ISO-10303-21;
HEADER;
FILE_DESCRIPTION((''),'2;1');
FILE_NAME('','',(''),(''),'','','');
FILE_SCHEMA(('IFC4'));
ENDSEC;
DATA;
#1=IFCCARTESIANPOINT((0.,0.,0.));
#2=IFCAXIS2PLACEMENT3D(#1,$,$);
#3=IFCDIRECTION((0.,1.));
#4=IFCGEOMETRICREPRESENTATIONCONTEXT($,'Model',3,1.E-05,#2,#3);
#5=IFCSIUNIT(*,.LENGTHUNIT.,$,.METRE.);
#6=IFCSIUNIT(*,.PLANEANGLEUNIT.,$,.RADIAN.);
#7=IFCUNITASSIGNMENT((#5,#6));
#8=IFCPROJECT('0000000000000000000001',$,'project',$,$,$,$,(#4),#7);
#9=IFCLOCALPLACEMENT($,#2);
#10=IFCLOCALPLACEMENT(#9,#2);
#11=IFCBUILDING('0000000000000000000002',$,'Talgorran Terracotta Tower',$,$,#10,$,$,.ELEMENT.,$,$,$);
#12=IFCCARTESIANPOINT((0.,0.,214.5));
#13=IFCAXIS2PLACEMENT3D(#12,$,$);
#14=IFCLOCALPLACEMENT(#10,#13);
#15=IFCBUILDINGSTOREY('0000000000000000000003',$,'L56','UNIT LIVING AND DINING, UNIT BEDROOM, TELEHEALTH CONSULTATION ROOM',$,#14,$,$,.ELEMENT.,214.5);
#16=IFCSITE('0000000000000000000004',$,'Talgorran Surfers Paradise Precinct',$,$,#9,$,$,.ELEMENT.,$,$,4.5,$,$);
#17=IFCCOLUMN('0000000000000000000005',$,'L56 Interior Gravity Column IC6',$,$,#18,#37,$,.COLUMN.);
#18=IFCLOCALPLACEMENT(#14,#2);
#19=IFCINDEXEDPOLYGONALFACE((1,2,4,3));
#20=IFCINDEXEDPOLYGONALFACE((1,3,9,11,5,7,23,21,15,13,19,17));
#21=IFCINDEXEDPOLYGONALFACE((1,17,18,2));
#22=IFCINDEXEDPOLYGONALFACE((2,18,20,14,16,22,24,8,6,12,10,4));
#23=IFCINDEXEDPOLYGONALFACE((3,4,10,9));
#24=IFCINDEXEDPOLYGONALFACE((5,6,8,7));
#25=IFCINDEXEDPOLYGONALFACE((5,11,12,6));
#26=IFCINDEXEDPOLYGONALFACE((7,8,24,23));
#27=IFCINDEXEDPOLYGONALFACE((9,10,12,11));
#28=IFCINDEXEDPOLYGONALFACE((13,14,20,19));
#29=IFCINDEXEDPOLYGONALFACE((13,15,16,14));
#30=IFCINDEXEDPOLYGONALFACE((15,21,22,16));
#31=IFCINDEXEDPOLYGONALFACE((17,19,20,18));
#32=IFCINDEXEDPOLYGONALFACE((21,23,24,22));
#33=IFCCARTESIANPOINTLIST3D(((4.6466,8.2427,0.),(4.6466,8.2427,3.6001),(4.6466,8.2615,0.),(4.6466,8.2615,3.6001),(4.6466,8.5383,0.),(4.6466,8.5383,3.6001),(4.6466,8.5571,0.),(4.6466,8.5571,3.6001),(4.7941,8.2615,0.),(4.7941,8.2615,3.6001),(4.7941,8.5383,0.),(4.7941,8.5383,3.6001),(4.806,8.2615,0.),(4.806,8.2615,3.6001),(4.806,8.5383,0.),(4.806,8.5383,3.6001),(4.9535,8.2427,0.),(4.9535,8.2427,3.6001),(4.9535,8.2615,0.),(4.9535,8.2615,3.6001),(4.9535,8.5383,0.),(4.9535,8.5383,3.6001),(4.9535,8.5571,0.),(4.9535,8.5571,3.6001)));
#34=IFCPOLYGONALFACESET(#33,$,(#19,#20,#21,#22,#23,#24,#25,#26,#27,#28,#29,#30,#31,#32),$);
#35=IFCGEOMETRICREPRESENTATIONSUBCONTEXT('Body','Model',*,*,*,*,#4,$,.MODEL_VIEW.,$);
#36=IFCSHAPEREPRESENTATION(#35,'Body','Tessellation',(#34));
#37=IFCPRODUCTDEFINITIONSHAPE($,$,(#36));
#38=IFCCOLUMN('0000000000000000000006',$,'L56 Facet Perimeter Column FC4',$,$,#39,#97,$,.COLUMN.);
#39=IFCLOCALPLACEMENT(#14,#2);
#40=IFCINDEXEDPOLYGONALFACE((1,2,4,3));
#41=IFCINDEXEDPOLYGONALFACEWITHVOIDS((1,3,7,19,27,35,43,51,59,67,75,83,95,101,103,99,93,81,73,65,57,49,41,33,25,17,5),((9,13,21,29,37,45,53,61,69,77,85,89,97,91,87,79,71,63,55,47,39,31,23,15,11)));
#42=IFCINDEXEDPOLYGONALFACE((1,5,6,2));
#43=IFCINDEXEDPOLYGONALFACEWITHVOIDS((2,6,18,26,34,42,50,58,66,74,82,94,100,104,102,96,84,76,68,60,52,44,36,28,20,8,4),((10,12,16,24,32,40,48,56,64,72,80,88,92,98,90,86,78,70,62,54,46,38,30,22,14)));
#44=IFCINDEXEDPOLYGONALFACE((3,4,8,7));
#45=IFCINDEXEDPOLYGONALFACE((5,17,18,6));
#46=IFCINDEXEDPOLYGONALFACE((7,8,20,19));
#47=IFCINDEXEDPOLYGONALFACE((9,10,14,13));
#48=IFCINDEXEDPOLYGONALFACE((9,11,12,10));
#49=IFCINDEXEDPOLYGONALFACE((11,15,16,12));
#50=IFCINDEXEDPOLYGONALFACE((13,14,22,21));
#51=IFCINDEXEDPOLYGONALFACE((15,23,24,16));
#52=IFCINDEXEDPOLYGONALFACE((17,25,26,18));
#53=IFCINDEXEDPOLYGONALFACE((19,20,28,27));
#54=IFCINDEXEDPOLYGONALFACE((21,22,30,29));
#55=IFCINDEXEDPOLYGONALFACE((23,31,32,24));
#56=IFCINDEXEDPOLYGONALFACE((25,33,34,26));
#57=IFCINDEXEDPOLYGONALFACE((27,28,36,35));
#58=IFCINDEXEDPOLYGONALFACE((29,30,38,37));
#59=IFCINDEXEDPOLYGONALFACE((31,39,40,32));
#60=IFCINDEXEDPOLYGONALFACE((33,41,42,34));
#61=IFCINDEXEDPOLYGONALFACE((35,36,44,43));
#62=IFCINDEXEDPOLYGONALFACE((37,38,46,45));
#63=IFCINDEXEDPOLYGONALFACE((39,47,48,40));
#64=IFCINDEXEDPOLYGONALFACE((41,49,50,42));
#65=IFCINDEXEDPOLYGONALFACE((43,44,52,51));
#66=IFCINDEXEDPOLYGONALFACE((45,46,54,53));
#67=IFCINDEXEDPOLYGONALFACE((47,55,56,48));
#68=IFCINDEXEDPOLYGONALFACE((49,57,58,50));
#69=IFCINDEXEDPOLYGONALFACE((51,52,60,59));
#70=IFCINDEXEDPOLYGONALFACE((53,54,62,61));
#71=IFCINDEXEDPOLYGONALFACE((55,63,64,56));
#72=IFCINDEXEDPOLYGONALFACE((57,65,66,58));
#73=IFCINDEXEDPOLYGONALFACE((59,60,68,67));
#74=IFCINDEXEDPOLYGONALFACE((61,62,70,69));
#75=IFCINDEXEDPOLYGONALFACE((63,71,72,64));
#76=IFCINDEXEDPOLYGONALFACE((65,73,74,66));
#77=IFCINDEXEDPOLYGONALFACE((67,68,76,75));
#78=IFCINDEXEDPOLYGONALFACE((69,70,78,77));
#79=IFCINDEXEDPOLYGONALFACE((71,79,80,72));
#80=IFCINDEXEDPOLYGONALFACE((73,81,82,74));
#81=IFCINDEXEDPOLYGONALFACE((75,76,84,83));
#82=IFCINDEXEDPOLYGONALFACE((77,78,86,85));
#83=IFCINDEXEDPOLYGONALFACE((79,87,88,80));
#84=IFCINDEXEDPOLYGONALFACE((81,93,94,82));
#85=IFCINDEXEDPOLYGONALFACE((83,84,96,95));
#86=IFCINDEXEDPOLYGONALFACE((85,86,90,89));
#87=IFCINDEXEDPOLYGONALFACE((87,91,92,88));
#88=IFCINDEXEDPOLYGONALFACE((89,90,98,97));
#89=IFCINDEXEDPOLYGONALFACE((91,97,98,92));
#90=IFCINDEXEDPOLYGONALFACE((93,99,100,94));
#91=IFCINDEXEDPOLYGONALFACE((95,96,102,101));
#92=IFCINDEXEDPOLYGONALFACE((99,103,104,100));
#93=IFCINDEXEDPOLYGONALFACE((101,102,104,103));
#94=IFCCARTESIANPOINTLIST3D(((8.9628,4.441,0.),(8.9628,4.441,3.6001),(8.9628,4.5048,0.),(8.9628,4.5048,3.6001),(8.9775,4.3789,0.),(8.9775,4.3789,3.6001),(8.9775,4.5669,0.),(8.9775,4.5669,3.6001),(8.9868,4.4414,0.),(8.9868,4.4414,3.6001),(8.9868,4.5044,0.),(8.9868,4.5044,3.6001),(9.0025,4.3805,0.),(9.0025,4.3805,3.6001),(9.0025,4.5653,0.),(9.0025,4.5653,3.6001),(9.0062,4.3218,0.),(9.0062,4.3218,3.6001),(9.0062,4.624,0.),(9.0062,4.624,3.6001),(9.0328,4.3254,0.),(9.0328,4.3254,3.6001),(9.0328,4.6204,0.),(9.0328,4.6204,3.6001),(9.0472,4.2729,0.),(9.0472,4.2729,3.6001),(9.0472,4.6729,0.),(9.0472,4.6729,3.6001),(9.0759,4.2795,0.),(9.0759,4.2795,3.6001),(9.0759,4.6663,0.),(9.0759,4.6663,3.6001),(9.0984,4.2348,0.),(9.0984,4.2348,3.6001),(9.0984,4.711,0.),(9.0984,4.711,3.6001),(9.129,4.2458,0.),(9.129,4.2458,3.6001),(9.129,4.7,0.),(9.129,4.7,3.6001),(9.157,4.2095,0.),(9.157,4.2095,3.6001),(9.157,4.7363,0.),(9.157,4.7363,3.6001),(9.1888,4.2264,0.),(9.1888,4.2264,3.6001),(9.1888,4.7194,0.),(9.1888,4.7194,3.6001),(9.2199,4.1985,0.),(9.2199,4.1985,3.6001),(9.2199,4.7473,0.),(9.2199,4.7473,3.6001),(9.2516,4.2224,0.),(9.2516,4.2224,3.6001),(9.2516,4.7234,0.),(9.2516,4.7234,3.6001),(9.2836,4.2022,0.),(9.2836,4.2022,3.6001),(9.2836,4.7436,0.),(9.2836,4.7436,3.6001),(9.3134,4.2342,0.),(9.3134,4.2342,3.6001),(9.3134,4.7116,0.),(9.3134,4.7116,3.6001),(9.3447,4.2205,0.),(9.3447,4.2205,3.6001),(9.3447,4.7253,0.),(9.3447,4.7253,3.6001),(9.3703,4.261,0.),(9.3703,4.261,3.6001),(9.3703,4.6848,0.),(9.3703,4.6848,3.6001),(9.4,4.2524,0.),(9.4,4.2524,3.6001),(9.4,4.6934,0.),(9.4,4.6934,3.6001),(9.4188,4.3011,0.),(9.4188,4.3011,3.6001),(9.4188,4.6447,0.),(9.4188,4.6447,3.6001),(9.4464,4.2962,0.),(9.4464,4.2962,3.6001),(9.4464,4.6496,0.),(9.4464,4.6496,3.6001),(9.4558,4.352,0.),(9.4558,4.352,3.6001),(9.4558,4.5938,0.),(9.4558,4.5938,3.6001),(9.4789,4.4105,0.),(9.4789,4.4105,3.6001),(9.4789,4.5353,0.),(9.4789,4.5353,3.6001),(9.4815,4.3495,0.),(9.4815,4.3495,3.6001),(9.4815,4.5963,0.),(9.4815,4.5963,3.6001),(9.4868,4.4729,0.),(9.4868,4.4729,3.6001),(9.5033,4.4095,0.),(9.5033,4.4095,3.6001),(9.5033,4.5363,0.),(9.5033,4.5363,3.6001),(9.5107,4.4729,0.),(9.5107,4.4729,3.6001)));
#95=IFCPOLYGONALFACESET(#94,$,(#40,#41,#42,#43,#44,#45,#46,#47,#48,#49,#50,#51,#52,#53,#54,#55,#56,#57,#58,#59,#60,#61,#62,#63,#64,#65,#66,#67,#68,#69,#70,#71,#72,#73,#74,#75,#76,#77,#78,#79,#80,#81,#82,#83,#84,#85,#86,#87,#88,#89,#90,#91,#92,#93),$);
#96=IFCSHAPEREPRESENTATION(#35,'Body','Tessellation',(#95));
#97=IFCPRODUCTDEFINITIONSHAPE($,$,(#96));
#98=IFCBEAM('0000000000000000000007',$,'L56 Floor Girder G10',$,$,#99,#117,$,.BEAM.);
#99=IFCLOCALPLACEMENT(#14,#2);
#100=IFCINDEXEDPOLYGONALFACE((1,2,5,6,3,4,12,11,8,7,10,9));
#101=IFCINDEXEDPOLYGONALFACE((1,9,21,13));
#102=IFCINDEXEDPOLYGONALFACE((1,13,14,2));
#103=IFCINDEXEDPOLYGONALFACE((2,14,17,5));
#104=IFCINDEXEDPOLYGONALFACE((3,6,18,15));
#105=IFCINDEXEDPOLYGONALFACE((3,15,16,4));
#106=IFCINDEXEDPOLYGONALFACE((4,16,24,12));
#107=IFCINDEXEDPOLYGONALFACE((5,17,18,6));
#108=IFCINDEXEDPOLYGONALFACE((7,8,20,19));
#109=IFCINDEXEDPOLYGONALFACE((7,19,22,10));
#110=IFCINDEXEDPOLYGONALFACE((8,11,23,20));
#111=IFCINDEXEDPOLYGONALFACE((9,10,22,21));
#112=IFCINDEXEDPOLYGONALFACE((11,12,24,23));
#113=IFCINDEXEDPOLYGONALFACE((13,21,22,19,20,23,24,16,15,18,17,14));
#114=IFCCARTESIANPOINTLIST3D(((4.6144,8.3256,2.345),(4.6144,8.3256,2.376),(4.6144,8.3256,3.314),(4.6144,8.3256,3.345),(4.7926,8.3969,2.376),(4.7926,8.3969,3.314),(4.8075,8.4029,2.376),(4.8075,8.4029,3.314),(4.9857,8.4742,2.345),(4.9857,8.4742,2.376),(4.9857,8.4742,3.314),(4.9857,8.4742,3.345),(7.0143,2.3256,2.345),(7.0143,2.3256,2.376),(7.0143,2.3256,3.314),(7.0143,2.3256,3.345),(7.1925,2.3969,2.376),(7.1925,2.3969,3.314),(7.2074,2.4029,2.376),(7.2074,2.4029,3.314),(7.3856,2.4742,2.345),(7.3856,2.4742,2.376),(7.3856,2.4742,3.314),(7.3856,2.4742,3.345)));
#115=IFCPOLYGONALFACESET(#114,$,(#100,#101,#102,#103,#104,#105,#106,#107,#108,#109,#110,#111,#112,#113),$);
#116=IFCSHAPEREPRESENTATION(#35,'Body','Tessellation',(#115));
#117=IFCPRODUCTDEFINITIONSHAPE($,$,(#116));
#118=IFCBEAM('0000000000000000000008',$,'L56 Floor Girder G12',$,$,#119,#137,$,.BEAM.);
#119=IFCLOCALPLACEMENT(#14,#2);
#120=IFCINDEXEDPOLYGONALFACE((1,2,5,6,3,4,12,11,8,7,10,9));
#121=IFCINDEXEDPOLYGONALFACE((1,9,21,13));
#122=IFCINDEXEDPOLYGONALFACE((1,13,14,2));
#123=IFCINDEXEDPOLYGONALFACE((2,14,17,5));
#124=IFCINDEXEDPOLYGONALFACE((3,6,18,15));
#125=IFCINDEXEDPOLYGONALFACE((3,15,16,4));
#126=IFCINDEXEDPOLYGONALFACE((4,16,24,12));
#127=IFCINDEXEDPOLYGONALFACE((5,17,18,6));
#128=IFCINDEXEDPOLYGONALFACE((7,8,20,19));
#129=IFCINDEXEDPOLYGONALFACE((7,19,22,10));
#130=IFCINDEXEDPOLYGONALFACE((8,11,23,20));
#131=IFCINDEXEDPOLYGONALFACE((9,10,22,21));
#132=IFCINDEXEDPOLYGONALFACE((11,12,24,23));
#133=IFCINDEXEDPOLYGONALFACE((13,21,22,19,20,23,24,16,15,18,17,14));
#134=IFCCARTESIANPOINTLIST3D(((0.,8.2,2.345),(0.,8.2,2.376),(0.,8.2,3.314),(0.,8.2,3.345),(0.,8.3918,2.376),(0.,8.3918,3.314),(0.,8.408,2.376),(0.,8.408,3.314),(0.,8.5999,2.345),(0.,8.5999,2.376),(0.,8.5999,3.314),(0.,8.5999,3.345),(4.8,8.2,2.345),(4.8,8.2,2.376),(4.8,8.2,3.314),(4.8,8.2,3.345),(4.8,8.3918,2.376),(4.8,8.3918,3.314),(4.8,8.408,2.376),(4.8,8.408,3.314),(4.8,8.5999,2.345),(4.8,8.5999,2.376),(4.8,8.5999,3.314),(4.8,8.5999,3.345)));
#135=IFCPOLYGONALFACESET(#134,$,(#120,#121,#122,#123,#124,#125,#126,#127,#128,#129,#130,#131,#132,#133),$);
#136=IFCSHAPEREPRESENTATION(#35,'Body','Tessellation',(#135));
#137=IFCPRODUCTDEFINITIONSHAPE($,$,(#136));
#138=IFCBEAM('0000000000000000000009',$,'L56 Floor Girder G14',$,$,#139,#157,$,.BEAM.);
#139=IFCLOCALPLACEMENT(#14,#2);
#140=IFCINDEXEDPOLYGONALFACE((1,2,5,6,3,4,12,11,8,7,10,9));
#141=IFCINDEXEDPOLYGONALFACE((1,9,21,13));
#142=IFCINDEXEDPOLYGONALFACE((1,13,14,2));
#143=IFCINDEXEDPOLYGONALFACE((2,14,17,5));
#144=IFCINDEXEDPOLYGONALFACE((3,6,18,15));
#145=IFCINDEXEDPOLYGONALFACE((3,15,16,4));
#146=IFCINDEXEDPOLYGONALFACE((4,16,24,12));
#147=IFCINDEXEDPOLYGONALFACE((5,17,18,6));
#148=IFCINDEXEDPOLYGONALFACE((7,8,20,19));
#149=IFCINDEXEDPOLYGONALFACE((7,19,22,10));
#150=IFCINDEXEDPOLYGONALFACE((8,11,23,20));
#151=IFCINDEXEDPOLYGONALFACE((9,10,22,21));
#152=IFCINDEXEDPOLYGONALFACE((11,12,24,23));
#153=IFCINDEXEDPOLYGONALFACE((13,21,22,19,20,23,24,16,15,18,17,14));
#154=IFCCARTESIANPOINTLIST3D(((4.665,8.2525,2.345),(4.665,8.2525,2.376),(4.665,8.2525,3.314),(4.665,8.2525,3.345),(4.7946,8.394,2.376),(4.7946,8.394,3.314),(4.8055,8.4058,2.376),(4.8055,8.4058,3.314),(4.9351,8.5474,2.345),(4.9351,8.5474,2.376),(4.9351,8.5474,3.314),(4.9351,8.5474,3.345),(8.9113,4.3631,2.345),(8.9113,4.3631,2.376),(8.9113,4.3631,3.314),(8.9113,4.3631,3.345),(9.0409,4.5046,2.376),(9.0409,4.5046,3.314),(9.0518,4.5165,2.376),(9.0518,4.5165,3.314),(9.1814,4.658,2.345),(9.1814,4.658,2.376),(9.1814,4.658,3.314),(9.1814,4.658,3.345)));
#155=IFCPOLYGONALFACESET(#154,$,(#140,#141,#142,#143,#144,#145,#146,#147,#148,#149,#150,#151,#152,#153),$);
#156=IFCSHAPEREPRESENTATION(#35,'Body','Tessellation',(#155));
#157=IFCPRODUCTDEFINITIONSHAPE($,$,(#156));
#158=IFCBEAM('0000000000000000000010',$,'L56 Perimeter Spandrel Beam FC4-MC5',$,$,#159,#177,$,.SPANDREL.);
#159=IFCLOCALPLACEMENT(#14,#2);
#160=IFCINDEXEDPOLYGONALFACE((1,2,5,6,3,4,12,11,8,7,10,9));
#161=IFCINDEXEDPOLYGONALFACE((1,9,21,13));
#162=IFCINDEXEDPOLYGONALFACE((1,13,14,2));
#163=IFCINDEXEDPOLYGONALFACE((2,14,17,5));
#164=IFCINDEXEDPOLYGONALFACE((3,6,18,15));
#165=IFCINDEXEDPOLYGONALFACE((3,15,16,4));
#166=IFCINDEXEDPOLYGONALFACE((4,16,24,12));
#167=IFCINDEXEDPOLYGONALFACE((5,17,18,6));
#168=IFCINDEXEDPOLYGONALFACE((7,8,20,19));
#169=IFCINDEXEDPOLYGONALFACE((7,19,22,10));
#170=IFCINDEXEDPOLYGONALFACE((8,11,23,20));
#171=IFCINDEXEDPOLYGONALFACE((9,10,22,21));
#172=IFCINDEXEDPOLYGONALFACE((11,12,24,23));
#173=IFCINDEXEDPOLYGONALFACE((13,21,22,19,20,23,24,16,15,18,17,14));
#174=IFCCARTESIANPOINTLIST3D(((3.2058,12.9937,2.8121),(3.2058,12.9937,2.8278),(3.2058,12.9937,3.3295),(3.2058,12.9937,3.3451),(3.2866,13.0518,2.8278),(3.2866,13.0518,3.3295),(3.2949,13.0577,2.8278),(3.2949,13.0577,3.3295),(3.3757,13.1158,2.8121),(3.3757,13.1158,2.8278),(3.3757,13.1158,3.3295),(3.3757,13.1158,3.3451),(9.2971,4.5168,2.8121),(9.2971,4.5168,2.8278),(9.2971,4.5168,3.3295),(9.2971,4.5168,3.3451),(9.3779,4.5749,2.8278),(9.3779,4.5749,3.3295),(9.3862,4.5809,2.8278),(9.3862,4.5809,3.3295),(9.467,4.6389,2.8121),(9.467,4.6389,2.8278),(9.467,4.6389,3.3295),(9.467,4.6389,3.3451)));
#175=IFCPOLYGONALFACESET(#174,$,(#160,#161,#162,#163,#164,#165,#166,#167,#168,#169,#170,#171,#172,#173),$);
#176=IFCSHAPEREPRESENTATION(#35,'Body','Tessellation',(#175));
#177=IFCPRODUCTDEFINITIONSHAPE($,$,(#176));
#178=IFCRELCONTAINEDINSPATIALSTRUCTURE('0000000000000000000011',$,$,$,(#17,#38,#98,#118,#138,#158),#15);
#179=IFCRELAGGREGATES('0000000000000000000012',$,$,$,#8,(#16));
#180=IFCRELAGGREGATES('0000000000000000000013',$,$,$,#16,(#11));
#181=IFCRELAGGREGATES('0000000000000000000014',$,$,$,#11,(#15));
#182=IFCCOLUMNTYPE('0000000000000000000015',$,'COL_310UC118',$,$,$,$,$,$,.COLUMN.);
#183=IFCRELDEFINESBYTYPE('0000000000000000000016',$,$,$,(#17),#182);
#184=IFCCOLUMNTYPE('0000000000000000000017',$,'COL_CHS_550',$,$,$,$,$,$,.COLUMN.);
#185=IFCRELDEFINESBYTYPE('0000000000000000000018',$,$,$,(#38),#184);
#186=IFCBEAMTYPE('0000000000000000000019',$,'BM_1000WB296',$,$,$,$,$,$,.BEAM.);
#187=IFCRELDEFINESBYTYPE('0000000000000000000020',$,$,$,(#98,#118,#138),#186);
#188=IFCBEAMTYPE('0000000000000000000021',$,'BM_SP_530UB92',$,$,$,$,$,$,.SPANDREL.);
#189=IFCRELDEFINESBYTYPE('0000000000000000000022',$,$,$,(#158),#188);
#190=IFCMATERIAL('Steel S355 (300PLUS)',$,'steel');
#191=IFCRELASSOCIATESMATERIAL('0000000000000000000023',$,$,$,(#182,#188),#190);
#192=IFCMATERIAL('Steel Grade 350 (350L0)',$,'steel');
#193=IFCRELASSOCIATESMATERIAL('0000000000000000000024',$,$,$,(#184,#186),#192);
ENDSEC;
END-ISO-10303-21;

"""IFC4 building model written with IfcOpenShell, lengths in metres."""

from ifc_helpers import new_model, si_unit, direction, frame, origin, origin_2d, place, context, subcontext, project, spatial, hollow_circle, i_section, extrude, material, material_profile, profile_set, type_object, element, save


model = new_model("IFC4")

# Units and contexts
model_context = context("Model", 3, precision=1e-05, world=origin(), true_north=direction((0.0, 1.0)))
body_context = subcontext(model_context, "Body", "Model", "MODEL_VIEW")
ifc_project = project(units=[si_unit("LENGTHUNIT", "METRE"), si_unit("PLANEANGLEUNIT", "RADIAN")], contexts=[model_context])

# Site, building, storey
site_placement = place(None, origin())
site = spatial("IfcSite", under=ifc_project, at=site_placement, Name="Talgorran Surfers Paradise Precinct", CompositionType="ELEMENT", RefElevation=4.5)
building_placement = place(site_placement, origin())
building = spatial("IfcBuilding", under=site, at=building_placement, Name="Talgorran Terracotta Tower", CompositionType="ELEMENT")
storey_placement = place(building_placement, frame((0.0, 0.0, 214.5)))
storey = spatial("IfcBuildingStorey", under=building, at=storey_placement, Name="L56", Description="UNIT LIVING AND DINING, UNIT BEDROOM, TELEHEALTH CONSULTATION ROOM", CompositionType="ELEMENT", Elevation=214.5)

# Columns
ifc_material_1 = material(Name="Steel S355 (300PLUS)", Category="steel")
ifc_material_profile_1 = material_profile(ifc_material_1, i_section(OverallWidth=0.3069, OverallDepth=0.3145, WebThickness=0.012, FlangeThickness=0.0188, at=origin_2d()), Name="310UC118")
ifc_profile_set_1 = profile_set([ifc_material_profile_1], Name="Steel S355 (300PLUS)")
column_type_1 = type_object("IfcColumnType", Name="COL_310UC118", PredefinedType="COLUMN", material=ifc_profile_set_1)
column_1_placement = place(storey_placement, frame((4.8, 8.3999, 0.0), z_axis=(0.0, 0.0, 1.0), x_axis=(1.0, 0.0, 0.0)))
element("IfcColumn", 1, at=column_1_placement, inside=storey, type_object=column_type_1, Name="L56 Interior Gravity Column IC6", PredefinedType="COLUMN", context=body_context, shape_type="SweptSolid", body=[
    extrude(i_section(OverallWidth=0.3069, OverallDepth=0.3145, WebThickness=0.012, FlangeThickness=0.0188, at=origin_2d()), origin(), (0.0, 0.0, 1.0), 3.6001),
])
ifc_material_2 = material(Name="Steel Grade 350 (350L0)", Category="steel")
ifc_material_profile_2 = material_profile(ifc_material_2, hollow_circle(Radius=0.2749, WallThickness=0.0239, at=origin_2d()), Name="CHS550X24")
ifc_profile_set_2 = profile_set([ifc_material_profile_2], Name="Steel Grade 350 (350L0)")
column_type_2 = type_object("IfcColumnType", Name="COL_CHS_550", PredefinedType="COLUMN", material=ifc_profile_set_2)
column_2_placement = place(storey_placement, frame((9.2358, 4.4729, 0.0), z_axis=(0.0, 0.0, 1.0), x_axis=(1.0, 0.0, 0.0)))
element("IfcColumn", 2, at=column_2_placement, inside=storey, type_object=column_type_2, Name="L56 Facet Perimeter Column FC4", PredefinedType="COLUMN", context=body_context, shape_type="SweptSolid", body=[
    extrude(hollow_circle(Radius=0.2749, WallThickness=0.0239, at=origin_2d()), origin(), (0.0, 0.0, 1.0), 3.6001),
])

# Beams
ifc_material_profile_3 = material_profile(ifc_material_2, i_section(OverallWidth=0.3999, OverallDepth=1.0, WebThickness=0.0161, FlangeThickness=0.031, at=origin_2d()), Name="1000WB296")
ifc_profile_set_3 = profile_set([ifc_material_profile_3], Name="Steel Grade 350 (350L0)")
beam_type_1 = type_object("IfcBeamType", Name="BM_1000WB296", PredefinedType="BEAM", material=ifc_profile_set_3)
beam_1_placement = place(storey_placement, frame((7.2, 2.3999, 2.845), z_axis=(-0.371378, 0.928482, 0.0), x_axis=(-0.928482, -0.371378, 0.0)))
element("IfcBeam", 3, at=beam_1_placement, inside=storey, type_object=beam_type_1, Name="L56 Floor Girder G10", PredefinedType="BEAM", context=body_context, shape_type="SweptSolid", body=[
    extrude(i_section(OverallWidth=0.3999, OverallDepth=1.0, WebThickness=0.0161, FlangeThickness=0.031, at=origin_2d()), origin(), (0.0, 0.0, 1.0), 6.4622),
])
beam_2_placement = place(storey_placement, frame((0.0, 8.3999, 2.845), z_axis=(1.0, 0.0, 0.0), x_axis=(0.0, 1.0, 0.0)))
element("IfcBeam", 4, at=beam_2_placement, inside=storey, type_object=beam_type_1, Name="L56 Floor Girder G12", PredefinedType="BEAM", context=body_context, shape_type="SweptSolid", body=[
    extrude(i_section(OverallWidth=0.3999, OverallDepth=1.0, WebThickness=0.0161, FlangeThickness=0.031, at=origin_2d()), origin(), (0.0, 0.0, 1.0), 4.8),
])
beam_3_placement = place(storey_placement, frame((4.8, 8.3999, 2.845), z_axis=(0.73742, -0.675435, 0.0), x_axis=(0.675435, 0.73742, 0.0)))
element("IfcBeam", 5, at=beam_3_placement, inside=storey, type_object=beam_type_1, Name="L56 Floor Girder G14", PredefinedType="BEAM", context=body_context, shape_type="SweptSolid", body=[
    extrude(i_section(OverallWidth=0.3999, OverallDepth=1.0, WebThickness=0.0161, FlangeThickness=0.031, at=origin_2d()), origin(), (0.0, 0.0, 1.0), 5.7583),
])
ifc_material_profile_4 = material_profile(ifc_material_1, i_section(OverallWidth=0.2092, OverallDepth=0.533, WebThickness=0.0103, FlangeThickness=0.0156, at=origin_2d()), Name="530UB92.4")
ifc_profile_set_4 = profile_set([ifc_material_profile_4], Name="Steel S355 (300PLUS)")
beam_type_2 = type_object("IfcBeamType", Name="BM_SP_530UB92", PredefinedType="SPANDREL", material=ifc_profile_set_4)
beam_4_placement = place(storey_placement, frame((9.3821, 4.5779, 3.0786), z_axis=(-0.583548, 0.812079, 0.0), x_axis=(-0.812079, -0.583548, 0.0)))
element("IfcBeam", 6, at=beam_4_placement, inside=storey, type_object=beam_type_2, Name="L56 Perimeter Spandrel Beam FC4-MC5", PredefinedType="SPANDREL", context=body_context, shape_type="SweptSolid", body=[
    extrude(i_section(OverallWidth=0.2092, OverallDepth=0.533, WebThickness=0.0103, FlangeThickness=0.0156, at=origin_2d()), origin(), (0.0, 0.0, 1.0), 10.4385),
])

save(model, "model.ifc")
